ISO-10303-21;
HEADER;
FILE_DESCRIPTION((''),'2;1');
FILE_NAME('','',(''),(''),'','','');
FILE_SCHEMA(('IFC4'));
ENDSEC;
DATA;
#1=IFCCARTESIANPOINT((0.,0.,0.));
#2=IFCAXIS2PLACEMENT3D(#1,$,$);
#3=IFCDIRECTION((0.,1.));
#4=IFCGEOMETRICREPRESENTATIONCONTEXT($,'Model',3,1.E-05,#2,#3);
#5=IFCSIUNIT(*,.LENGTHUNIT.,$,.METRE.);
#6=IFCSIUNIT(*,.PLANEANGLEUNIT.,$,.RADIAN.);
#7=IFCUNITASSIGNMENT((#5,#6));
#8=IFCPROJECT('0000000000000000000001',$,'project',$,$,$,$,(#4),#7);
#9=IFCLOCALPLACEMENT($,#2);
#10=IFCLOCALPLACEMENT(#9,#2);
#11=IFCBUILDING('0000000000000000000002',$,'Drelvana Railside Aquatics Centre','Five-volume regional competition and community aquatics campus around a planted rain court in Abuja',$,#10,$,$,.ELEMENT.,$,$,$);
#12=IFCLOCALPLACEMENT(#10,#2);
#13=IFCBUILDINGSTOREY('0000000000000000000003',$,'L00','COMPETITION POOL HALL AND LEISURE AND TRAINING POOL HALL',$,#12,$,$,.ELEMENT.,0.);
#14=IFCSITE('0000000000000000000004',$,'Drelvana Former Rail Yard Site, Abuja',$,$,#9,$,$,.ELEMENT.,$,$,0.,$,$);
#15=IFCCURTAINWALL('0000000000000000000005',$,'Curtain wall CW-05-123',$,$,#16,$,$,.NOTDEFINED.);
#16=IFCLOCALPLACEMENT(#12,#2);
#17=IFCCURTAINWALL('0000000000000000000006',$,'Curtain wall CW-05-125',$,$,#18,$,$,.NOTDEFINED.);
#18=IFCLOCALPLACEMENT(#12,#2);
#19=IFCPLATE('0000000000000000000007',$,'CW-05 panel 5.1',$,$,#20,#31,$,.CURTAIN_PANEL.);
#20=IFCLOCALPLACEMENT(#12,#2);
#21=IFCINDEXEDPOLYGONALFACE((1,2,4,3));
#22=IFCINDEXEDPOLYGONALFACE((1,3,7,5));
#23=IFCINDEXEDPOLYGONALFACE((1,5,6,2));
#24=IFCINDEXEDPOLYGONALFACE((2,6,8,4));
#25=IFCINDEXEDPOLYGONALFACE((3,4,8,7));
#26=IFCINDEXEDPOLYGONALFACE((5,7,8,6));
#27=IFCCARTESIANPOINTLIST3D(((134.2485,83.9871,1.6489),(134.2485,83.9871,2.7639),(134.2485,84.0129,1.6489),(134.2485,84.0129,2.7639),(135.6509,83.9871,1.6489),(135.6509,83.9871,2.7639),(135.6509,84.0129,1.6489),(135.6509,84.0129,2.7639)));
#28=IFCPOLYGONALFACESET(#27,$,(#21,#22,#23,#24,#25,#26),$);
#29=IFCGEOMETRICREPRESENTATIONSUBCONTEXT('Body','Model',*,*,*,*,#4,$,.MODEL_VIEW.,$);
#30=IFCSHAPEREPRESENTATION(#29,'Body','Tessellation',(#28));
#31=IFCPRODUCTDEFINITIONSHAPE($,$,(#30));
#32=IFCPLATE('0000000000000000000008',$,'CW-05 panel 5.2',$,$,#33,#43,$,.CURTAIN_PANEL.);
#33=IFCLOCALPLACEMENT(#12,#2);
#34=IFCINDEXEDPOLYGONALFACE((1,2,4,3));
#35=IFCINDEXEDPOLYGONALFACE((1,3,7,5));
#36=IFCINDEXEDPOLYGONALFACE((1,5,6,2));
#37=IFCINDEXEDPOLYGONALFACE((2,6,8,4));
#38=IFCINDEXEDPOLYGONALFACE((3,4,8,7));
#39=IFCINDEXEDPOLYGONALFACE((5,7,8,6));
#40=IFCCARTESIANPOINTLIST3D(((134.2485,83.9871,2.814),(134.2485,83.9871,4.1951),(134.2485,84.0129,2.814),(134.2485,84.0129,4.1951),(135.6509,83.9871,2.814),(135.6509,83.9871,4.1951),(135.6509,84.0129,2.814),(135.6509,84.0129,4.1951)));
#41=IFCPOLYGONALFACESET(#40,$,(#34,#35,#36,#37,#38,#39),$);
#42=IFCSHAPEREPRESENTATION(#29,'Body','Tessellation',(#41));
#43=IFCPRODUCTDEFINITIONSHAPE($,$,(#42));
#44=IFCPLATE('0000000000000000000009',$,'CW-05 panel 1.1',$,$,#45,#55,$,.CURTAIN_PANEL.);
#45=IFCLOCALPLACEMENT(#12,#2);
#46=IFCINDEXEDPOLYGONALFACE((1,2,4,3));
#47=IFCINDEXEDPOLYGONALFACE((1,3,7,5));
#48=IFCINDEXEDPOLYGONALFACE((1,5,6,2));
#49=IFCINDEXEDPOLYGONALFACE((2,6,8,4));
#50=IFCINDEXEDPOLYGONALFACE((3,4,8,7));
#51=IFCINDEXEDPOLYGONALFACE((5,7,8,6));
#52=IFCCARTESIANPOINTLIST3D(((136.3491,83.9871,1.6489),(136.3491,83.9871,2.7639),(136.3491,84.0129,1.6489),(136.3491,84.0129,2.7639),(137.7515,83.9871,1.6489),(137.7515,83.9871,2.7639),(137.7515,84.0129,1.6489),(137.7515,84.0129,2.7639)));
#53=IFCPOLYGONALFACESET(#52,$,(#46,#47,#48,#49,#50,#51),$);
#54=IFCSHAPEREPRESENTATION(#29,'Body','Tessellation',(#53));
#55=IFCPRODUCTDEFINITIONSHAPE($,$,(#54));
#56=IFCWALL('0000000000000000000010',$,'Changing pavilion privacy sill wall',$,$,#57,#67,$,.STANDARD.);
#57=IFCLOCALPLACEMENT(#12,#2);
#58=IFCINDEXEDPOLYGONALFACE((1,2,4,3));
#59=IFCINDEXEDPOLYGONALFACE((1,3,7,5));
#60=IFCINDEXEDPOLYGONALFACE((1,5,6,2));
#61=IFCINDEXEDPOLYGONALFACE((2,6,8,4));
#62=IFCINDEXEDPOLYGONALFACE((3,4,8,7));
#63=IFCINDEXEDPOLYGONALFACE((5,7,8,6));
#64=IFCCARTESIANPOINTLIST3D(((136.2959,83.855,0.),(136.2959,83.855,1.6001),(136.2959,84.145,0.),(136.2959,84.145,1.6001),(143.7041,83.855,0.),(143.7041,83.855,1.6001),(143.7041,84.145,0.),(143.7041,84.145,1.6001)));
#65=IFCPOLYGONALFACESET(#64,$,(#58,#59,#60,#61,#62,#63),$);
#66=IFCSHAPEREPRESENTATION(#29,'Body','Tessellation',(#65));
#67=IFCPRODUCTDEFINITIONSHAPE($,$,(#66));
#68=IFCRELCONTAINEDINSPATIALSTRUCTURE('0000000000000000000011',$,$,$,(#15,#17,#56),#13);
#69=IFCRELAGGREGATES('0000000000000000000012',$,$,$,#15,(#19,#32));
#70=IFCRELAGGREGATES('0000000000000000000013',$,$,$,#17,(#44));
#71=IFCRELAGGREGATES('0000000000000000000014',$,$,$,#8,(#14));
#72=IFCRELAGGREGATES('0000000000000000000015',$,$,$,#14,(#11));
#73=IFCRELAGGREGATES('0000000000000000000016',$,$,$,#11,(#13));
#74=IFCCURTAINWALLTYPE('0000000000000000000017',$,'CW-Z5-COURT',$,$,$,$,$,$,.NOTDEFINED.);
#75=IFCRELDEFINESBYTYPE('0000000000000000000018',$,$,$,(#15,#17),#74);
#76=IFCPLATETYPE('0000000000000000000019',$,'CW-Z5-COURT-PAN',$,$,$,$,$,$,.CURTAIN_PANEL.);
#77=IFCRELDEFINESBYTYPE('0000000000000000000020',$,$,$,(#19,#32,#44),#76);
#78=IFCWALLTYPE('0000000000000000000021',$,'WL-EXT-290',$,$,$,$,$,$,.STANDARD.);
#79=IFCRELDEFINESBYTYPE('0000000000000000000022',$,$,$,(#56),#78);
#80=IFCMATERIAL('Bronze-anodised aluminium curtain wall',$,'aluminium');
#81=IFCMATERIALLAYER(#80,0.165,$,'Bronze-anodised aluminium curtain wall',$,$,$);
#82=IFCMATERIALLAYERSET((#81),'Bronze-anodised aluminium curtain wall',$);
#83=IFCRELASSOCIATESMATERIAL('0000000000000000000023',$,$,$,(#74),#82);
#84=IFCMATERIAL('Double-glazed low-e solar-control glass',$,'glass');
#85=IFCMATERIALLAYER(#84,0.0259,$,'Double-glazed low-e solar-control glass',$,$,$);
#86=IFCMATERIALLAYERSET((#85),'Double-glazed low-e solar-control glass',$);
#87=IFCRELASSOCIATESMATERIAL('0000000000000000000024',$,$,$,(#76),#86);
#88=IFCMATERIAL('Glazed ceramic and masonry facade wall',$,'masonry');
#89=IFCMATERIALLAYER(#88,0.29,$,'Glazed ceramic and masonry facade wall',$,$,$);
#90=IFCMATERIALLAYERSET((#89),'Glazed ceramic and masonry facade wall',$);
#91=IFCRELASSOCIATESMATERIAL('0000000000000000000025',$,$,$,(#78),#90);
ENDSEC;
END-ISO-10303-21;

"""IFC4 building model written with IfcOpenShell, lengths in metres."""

from ifc_helpers import new_model, si_unit, direction, frame, frame_2d, origin, origin_2d, place, context, subcontext, project, spatial, rectangle, extrude, material, layer, layer_set, type_object, element, aggregate, save


model = new_model("IFC4")

# Units and contexts
model_context = context("Model", 3, precision=1e-05, world=origin(), true_north=direction((0.0, 1.0)))
body_context = subcontext(model_context, "Body", "Model", "MODEL_VIEW")
ifc_project = project(units=[si_unit("LENGTHUNIT", "METRE"), si_unit("PLANEANGLEUNIT", "RADIAN")], contexts=[model_context])

# Site, building, storey
site_placement = place(None, origin())
site = spatial("IfcSite", under=ifc_project, at=site_placement, Name="Drelvana Former Rail Yard Site, Abuja", CompositionType="ELEMENT", RefElevation=0.0)
building_placement = place(site_placement, origin())
building = spatial("IfcBuilding", under=site, at=building_placement, Name="Drelvana Railside Aquatics Centre", Description="Five-volume regional competition and community aquatics campus around a planted rain court in Abuja", CompositionType="ELEMENT")
storey_placement = place(building_placement, origin())
storey = spatial("IfcBuildingStorey", under=building, at=storey_placement, Name="L00", Description="COMPETITION POOL HALL AND LEISURE AND TRAINING POOL HALL", CompositionType="ELEMENT", Elevation=0.0)

# Curtain wall
ifc_material_1 = material(Name="Bronze-anodised aluminium curtain wall", Category="aluminium")
ifc_layer_1 = layer(ifc_material_1, 0.165, Name="Bronze-anodised aluminium curtain wall")
ifc_layer_set_1 = layer_set([ifc_layer_1], Name="Bronze-anodised aluminium curtain wall")
curtain_wall_type = type_object("IfcCurtainWallType", Name="CW-Z5-COURT", PredefinedType="NOTDEFINED", material=ifc_layer_set_1)
curtain_wall_1_placement = place(storey_placement, origin())
curtain_wall_1 = element("IfcCurtainWall", 1, at=curtain_wall_1_placement, inside=storey, type_object=curtain_wall_type, Name="Curtain wall CW-05-123", PredefinedType="NOTDEFINED")

# Curtain wall
curtain_wall_2_placement = place(storey_placement, origin())
curtain_wall_2 = element("IfcCurtainWall", 2, at=curtain_wall_2_placement, inside=storey, type_object=curtain_wall_type, Name="Curtain wall CW-05-125", PredefinedType="NOTDEFINED")

# Plates
ifc_material_2 = material(Name="Double-glazed low-e solar-control glass", Category="glass")
ifc_layer_2 = layer(ifc_material_2, 0.0259, Name="Double-glazed low-e solar-control glass")
ifc_layer_set_2 = layer_set([ifc_layer_2], Name="Double-glazed low-e solar-control glass")
plate_type = type_object("IfcPlateType", Name="CW-Z5-COURT-PAN", PredefinedType="CURTAIN_PANEL", material=ifc_layer_set_2)
plate_1_placement = place(storey_placement, frame((134.9497, 84.0, 1.6489), z_axis=(0.0, 0.0, 1.0), x_axis=(1.0, 0.0, 0.0)))
plate_1 = element("IfcPlate", 3, at=plate_1_placement, type_object=plate_type, Name="CW-05 panel 5.1", PredefinedType="CURTAIN_PANEL", context=body_context, shape_type="SweptSolid", body=[
    extrude(rectangle(XDim=1.4023, YDim=0.0259, at=origin_2d()), origin(), (0.0, 0.0, 1.0), 1.115),
])
plate_2_placement = place(storey_placement, frame((134.9497, 84.0, 2.814), z_axis=(0.0, 0.0, 1.0), x_axis=(1.0, 0.0, 0.0)))
plate_2 = element("IfcPlate", 4, at=plate_2_placement, type_object=plate_type, Name="CW-05 panel 5.2", PredefinedType="CURTAIN_PANEL", context=body_context, shape_type="SweptSolid", body=[
    extrude(rectangle(XDim=1.4023, YDim=0.0259, at=origin_2d()), origin(), (0.0, 0.0, 1.0), 1.3811),
])
aggregate(curtain_wall_1, [plate_1, plate_2])
plate_3_placement = place(storey_placement, frame((137.0503, 84.0, 1.6489), z_axis=(0.0, 0.0, 1.0), x_axis=(1.0, 0.0, 0.0)))
plate_3 = element("IfcPlate", 5, at=plate_3_placement, type_object=plate_type, Name="CW-05 panel 1.1", PredefinedType="CURTAIN_PANEL", context=body_context, shape_type="SweptSolid", body=[
    extrude(rectangle(XDim=1.4023, YDim=0.0259, at=origin_2d()), origin(), (0.0, 0.0, 1.0), 1.115),
])
aggregate(curtain_wall_2, [plate_3])

# Wall
ifc_material_3 = material(Name="Glazed ceramic and masonry facade wall", Category="masonry")
ifc_layer_3 = layer(ifc_material_3, 0.29, Name="Glazed ceramic and masonry facade wall")
ifc_layer_set_3 = layer_set([ifc_layer_3], Name="Glazed ceramic and masonry facade wall")
wall_type = type_object("IfcWallType", Name="WL-EXT-290", PredefinedType="STANDARD", material=ifc_layer_set_3)
wall_placement = place(storey_placement, frame((136.2959, 84.0, 0.0), z_axis=(0.0, 0.0, 1.0), x_axis=(1.0, 0.0, 0.0)))
element("IfcWall", 6, at=wall_placement, inside=storey, type_object=wall_type, Name="Changing pavilion privacy sill wall", PredefinedType="STANDARD", context=body_context, shape_type="SweptSolid", body=[
    extrude(rectangle(XDim=7.4082, YDim=0.29, at=frame_2d((3.7041, 0.0))), origin(), (0.0, 0.0, 1.0), 1.6001),
])

save(model, "model.ifc")
